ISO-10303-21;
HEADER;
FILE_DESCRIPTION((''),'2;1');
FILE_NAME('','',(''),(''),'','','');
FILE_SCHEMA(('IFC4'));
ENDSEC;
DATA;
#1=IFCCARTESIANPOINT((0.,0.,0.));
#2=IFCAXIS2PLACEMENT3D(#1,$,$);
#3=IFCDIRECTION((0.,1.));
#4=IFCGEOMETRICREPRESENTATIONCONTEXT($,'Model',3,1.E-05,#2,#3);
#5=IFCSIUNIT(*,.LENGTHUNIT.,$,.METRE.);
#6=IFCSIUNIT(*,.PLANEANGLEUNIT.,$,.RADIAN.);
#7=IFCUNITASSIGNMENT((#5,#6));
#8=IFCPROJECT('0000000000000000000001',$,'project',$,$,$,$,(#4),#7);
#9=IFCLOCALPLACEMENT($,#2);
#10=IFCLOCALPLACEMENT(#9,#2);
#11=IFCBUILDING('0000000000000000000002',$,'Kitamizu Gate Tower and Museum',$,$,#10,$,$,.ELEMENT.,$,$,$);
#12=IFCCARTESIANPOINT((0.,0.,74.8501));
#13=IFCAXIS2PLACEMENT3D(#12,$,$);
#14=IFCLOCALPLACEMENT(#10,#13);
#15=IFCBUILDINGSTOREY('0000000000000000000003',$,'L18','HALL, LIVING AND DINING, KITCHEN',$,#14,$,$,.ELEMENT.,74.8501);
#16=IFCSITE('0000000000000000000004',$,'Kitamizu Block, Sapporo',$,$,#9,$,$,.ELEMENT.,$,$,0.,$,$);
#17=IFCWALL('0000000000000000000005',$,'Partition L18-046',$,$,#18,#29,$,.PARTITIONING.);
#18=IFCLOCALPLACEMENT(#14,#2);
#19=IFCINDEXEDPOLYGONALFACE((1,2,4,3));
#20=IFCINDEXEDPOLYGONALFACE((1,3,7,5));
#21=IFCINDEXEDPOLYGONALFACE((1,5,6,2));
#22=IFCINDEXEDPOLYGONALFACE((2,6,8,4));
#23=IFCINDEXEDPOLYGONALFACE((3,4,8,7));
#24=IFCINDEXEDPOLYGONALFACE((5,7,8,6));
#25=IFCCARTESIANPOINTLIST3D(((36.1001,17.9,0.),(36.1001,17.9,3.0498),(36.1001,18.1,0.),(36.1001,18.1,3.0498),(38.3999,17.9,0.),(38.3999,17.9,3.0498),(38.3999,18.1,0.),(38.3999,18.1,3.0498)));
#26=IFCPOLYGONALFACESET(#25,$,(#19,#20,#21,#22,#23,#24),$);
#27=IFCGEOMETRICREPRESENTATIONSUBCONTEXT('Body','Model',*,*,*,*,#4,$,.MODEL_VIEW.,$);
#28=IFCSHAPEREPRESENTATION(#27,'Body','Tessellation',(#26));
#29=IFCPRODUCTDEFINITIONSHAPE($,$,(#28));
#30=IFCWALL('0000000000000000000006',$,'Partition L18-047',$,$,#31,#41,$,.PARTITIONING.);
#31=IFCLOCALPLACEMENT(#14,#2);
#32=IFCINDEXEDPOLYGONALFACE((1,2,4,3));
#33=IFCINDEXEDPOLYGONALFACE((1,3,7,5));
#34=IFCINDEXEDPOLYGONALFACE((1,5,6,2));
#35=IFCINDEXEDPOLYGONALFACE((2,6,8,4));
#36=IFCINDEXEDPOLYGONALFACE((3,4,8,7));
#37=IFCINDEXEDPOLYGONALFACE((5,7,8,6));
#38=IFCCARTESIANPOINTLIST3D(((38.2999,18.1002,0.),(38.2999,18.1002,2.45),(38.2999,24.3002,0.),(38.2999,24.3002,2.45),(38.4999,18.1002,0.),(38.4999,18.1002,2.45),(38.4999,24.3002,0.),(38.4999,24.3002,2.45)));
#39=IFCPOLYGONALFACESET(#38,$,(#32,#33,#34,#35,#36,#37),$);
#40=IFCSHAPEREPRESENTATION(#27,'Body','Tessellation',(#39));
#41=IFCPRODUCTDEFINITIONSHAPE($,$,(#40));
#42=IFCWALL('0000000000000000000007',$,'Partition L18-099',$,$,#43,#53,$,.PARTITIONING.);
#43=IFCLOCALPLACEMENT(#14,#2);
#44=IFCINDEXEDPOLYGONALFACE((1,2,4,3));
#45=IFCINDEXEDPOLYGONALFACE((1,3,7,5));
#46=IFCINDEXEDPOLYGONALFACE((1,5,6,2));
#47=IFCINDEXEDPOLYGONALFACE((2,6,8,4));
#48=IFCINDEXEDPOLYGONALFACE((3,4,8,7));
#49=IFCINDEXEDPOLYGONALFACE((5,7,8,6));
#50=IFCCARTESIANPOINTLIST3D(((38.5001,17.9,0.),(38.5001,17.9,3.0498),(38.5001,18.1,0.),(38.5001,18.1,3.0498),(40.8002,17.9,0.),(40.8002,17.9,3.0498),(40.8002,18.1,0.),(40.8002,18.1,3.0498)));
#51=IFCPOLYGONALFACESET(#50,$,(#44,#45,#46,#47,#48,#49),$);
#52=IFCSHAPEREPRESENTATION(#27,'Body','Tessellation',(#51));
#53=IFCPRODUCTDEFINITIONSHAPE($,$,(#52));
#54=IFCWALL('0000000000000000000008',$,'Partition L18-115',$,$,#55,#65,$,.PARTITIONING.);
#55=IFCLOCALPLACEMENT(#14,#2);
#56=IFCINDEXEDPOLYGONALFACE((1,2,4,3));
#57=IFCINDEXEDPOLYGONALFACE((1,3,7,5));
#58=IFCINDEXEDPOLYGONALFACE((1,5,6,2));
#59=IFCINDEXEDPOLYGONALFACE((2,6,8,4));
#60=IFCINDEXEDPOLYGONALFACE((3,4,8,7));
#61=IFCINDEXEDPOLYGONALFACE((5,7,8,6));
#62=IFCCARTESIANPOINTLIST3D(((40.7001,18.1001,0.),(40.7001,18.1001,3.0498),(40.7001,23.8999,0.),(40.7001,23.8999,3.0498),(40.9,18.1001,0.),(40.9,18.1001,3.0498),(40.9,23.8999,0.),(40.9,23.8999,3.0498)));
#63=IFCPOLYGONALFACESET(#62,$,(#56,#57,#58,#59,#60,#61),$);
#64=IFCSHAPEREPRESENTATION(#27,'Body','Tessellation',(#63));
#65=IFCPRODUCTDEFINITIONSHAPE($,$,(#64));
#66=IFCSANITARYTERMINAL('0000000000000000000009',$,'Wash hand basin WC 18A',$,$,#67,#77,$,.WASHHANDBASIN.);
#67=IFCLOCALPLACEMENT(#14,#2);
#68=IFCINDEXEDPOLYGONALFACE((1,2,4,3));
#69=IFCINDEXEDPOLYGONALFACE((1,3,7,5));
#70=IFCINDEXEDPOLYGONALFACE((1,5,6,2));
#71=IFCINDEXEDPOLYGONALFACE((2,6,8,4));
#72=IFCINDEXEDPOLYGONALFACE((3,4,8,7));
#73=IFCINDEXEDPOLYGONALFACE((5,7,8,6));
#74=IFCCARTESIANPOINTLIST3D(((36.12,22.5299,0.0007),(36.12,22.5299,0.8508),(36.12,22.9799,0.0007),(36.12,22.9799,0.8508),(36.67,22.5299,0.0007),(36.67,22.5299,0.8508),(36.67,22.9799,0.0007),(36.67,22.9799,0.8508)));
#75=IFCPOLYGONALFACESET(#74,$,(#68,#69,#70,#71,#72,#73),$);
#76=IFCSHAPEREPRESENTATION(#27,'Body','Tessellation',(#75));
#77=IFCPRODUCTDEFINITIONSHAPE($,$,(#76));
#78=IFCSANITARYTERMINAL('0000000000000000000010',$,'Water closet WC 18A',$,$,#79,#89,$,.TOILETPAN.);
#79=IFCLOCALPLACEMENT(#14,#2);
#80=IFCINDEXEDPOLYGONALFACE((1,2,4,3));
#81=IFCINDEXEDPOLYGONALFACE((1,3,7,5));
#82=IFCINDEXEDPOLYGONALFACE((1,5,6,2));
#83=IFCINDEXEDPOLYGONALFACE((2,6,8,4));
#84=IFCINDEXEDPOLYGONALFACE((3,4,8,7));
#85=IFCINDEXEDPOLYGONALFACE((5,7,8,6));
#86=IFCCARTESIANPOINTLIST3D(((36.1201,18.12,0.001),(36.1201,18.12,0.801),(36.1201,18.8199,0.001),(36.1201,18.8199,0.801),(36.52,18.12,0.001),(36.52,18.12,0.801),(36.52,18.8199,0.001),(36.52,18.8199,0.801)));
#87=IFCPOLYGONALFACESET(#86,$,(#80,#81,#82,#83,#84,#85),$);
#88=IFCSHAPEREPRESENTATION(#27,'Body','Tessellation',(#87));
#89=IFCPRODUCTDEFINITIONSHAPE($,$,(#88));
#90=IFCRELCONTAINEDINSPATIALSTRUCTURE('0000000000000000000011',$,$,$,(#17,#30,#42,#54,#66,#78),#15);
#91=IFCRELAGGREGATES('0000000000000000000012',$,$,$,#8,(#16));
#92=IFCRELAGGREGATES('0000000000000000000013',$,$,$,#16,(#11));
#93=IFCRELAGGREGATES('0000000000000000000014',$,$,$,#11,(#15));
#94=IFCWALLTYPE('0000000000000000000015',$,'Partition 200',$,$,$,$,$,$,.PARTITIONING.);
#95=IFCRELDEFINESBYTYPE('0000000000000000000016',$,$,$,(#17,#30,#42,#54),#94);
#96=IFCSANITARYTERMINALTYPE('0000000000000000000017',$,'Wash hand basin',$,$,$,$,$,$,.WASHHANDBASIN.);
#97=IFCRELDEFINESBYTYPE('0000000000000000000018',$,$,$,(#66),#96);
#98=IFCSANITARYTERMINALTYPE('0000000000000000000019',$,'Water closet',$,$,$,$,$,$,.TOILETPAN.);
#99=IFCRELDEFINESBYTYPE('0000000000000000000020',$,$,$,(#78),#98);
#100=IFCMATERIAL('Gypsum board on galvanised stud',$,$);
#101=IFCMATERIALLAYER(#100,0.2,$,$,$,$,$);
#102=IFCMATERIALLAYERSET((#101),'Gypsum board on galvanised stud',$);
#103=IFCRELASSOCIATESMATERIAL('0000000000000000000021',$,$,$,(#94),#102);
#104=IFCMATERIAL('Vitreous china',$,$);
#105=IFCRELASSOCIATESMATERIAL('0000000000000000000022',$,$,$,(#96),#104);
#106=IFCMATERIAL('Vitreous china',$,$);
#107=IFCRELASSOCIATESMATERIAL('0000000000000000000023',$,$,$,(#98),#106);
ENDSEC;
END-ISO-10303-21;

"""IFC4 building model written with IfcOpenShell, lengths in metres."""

from ifc_helpers import new_model, si_unit, direction, frame, frame_2d, origin, origin_2d, place, context, subcontext, project, spatial, rectangle, extrude, material, layer, layer_set, type_object, element, save


model = new_model("IFC4")

# Units and contexts
model_context = context("Model", 3, precision=1e-05, world=origin(), true_north=direction((0.0, 1.0)))
body_context = subcontext(model_context, "Body", "Model", "MODEL_VIEW")
ifc_project = project(units=[si_unit("LENGTHUNIT", "METRE"), si_unit("PLANEANGLEUNIT", "RADIAN")], contexts=[model_context])

# Site, building, storey
site_placement = place(None, origin())
site = spatial("IfcSite", under=ifc_project, at=site_placement, Name="Kitamizu Block, Sapporo", CompositionType="ELEMENT", RefElevation=0.0)
building_placement = place(site_placement, origin())
building = spatial("IfcBuilding", under=site, at=building_placement, Name="Kitamizu Gate Tower and Museum", CompositionType="ELEMENT")
storey_placement = place(building_placement, frame((0.0, 0.0, 74.8501)))
storey = spatial("IfcBuildingStorey", under=building, at=storey_placement, Name="L18", Description="HALL, LIVING AND DINING, KITCHEN", CompositionType="ELEMENT", Elevation=74.8501)

# Walls
ifc_material_1 = material(Name="Gypsum board on galvanised stud")
ifc_layer_1 = layer(ifc_material_1, 0.2)
ifc_layer_set_1 = layer_set([ifc_layer_1], Name="Gypsum board on galvanised stud")
wall_type_1 = type_object("IfcWallType", Name="Partition 200", PredefinedType="PARTITIONING", material=ifc_layer_set_1)
wall_1_placement = place(storey_placement, frame((36.1001, 18.0, 0.0), z_axis=(0.0, 0.0, 1.0), x_axis=(1.0, 0.0, 0.0)))
element("IfcWall", 1, at=wall_1_placement, inside=storey, type_object=wall_type_1, Name="Partition L18-046", PredefinedType="PARTITIONING", context=body_context, shape_type="SweptSolid", body=[
    extrude(rectangle(XDim=2.2998, YDim=0.2, at=frame_2d((1.1499, 0.0))), origin(), (0.0, 0.0, 1.0), 3.0498),
])
wall_2_placement = place(storey_placement, frame((38.3999, 18.1001, 0.0), z_axis=(0.0, 0.0, 1.0), x_axis=(0.0, 1.0, 0.0)))
element("IfcWall", 2, at=wall_2_placement, inside=storey, type_object=wall_type_1, Name="Partition L18-047", PredefinedType="PARTITIONING", context=body_context, shape_type="SweptSolid", body=[
    extrude(rectangle(XDim=6.2, YDim=0.2, at=frame_2d((3.1001, 0.0))), origin(), (0.0, 0.0, 1.0), 2.45),
])
wall_3_placement = place(storey_placement, frame((40.8, 18.0, 0.0), z_axis=(0.0, 0.0, 1.0), x_axis=(-1.0, 0.0, 0.0)))
element("IfcWall", 3, at=wall_3_placement, inside=storey, type_object=wall_type_1, Name="Partition L18-099", PredefinedType="PARTITIONING", context=body_context, shape_type="SweptSolid", body=[
    extrude(rectangle(XDim=2.3, YDim=0.2, at=frame_2d((1.1499, 0.0))), origin(), (0.0, 0.0, 1.0), 3.0498),
])
wall_4_placement = place(storey_placement, frame((40.8, 23.8999, 0.0), z_axis=(0.0, 0.0, 1.0), x_axis=(0.0, -1.0, 0.0)))
element("IfcWall", 4, at=wall_4_placement, inside=storey, type_object=wall_type_1, Name="Partition L18-115", PredefinedType="PARTITIONING", context=body_context, shape_type="SweptSolid", body=[
    extrude(rectangle(XDim=5.7998, YDim=0.2, at=frame_2d((2.8999, 0.0))), origin(), (0.0, 0.0, 1.0), 3.0498),
])

# Sanitary terminals
ifc_material_2 = material(Name="Vitreous china")
sanitary_terminal_type_1 = type_object("IfcSanitaryTerminalType", Name="Wash hand basin", PredefinedType="WASHHANDBASIN", material=ifc_material_2)
sanitary_terminal_1_placement = place(storey_placement, frame((36.395, 22.7549, 0.0007), z_axis=(0.0, 0.0, 1.0), x_axis=(1.0, 0.0, 0.0)))
element("IfcSanitaryTerminal", 5, at=sanitary_terminal_1_placement, inside=storey, type_object=sanitary_terminal_type_1, Name="Wash hand basin WC 18A", PredefinedType="WASHHANDBASIN", context=body_context, shape_type="SweptSolid", body=[
    extrude(rectangle(XDim=0.55, YDim=0.45, at=origin_2d()), origin(), (0.0, 0.0, 1.0), 0.8501),
])
ifc_material_3 = material(Name="Vitreous china")
sanitary_terminal_type_2 = type_object("IfcSanitaryTerminalType", Name="Water closet", PredefinedType="TOILETPAN", material=ifc_material_3)
sanitary_terminal_2_placement = place(storey_placement, frame((36.3201, 18.47, 0.001), z_axis=(0.0, 0.0, 1.0), x_axis=(1.0, 0.0, 0.0)))
element("IfcSanitaryTerminal", 6, at=sanitary_terminal_2_placement, inside=storey, type_object=sanitary_terminal_type_2, Name="Water closet WC 18A", PredefinedType="TOILETPAN", context=body_context, shape_type="SweptSolid", body=[
    extrude(rectangle(XDim=0.3999, YDim=0.7, at=origin_2d()), origin(), (0.0, 0.0, 1.0), 0.8),
])

save(model, "model.ifc")
